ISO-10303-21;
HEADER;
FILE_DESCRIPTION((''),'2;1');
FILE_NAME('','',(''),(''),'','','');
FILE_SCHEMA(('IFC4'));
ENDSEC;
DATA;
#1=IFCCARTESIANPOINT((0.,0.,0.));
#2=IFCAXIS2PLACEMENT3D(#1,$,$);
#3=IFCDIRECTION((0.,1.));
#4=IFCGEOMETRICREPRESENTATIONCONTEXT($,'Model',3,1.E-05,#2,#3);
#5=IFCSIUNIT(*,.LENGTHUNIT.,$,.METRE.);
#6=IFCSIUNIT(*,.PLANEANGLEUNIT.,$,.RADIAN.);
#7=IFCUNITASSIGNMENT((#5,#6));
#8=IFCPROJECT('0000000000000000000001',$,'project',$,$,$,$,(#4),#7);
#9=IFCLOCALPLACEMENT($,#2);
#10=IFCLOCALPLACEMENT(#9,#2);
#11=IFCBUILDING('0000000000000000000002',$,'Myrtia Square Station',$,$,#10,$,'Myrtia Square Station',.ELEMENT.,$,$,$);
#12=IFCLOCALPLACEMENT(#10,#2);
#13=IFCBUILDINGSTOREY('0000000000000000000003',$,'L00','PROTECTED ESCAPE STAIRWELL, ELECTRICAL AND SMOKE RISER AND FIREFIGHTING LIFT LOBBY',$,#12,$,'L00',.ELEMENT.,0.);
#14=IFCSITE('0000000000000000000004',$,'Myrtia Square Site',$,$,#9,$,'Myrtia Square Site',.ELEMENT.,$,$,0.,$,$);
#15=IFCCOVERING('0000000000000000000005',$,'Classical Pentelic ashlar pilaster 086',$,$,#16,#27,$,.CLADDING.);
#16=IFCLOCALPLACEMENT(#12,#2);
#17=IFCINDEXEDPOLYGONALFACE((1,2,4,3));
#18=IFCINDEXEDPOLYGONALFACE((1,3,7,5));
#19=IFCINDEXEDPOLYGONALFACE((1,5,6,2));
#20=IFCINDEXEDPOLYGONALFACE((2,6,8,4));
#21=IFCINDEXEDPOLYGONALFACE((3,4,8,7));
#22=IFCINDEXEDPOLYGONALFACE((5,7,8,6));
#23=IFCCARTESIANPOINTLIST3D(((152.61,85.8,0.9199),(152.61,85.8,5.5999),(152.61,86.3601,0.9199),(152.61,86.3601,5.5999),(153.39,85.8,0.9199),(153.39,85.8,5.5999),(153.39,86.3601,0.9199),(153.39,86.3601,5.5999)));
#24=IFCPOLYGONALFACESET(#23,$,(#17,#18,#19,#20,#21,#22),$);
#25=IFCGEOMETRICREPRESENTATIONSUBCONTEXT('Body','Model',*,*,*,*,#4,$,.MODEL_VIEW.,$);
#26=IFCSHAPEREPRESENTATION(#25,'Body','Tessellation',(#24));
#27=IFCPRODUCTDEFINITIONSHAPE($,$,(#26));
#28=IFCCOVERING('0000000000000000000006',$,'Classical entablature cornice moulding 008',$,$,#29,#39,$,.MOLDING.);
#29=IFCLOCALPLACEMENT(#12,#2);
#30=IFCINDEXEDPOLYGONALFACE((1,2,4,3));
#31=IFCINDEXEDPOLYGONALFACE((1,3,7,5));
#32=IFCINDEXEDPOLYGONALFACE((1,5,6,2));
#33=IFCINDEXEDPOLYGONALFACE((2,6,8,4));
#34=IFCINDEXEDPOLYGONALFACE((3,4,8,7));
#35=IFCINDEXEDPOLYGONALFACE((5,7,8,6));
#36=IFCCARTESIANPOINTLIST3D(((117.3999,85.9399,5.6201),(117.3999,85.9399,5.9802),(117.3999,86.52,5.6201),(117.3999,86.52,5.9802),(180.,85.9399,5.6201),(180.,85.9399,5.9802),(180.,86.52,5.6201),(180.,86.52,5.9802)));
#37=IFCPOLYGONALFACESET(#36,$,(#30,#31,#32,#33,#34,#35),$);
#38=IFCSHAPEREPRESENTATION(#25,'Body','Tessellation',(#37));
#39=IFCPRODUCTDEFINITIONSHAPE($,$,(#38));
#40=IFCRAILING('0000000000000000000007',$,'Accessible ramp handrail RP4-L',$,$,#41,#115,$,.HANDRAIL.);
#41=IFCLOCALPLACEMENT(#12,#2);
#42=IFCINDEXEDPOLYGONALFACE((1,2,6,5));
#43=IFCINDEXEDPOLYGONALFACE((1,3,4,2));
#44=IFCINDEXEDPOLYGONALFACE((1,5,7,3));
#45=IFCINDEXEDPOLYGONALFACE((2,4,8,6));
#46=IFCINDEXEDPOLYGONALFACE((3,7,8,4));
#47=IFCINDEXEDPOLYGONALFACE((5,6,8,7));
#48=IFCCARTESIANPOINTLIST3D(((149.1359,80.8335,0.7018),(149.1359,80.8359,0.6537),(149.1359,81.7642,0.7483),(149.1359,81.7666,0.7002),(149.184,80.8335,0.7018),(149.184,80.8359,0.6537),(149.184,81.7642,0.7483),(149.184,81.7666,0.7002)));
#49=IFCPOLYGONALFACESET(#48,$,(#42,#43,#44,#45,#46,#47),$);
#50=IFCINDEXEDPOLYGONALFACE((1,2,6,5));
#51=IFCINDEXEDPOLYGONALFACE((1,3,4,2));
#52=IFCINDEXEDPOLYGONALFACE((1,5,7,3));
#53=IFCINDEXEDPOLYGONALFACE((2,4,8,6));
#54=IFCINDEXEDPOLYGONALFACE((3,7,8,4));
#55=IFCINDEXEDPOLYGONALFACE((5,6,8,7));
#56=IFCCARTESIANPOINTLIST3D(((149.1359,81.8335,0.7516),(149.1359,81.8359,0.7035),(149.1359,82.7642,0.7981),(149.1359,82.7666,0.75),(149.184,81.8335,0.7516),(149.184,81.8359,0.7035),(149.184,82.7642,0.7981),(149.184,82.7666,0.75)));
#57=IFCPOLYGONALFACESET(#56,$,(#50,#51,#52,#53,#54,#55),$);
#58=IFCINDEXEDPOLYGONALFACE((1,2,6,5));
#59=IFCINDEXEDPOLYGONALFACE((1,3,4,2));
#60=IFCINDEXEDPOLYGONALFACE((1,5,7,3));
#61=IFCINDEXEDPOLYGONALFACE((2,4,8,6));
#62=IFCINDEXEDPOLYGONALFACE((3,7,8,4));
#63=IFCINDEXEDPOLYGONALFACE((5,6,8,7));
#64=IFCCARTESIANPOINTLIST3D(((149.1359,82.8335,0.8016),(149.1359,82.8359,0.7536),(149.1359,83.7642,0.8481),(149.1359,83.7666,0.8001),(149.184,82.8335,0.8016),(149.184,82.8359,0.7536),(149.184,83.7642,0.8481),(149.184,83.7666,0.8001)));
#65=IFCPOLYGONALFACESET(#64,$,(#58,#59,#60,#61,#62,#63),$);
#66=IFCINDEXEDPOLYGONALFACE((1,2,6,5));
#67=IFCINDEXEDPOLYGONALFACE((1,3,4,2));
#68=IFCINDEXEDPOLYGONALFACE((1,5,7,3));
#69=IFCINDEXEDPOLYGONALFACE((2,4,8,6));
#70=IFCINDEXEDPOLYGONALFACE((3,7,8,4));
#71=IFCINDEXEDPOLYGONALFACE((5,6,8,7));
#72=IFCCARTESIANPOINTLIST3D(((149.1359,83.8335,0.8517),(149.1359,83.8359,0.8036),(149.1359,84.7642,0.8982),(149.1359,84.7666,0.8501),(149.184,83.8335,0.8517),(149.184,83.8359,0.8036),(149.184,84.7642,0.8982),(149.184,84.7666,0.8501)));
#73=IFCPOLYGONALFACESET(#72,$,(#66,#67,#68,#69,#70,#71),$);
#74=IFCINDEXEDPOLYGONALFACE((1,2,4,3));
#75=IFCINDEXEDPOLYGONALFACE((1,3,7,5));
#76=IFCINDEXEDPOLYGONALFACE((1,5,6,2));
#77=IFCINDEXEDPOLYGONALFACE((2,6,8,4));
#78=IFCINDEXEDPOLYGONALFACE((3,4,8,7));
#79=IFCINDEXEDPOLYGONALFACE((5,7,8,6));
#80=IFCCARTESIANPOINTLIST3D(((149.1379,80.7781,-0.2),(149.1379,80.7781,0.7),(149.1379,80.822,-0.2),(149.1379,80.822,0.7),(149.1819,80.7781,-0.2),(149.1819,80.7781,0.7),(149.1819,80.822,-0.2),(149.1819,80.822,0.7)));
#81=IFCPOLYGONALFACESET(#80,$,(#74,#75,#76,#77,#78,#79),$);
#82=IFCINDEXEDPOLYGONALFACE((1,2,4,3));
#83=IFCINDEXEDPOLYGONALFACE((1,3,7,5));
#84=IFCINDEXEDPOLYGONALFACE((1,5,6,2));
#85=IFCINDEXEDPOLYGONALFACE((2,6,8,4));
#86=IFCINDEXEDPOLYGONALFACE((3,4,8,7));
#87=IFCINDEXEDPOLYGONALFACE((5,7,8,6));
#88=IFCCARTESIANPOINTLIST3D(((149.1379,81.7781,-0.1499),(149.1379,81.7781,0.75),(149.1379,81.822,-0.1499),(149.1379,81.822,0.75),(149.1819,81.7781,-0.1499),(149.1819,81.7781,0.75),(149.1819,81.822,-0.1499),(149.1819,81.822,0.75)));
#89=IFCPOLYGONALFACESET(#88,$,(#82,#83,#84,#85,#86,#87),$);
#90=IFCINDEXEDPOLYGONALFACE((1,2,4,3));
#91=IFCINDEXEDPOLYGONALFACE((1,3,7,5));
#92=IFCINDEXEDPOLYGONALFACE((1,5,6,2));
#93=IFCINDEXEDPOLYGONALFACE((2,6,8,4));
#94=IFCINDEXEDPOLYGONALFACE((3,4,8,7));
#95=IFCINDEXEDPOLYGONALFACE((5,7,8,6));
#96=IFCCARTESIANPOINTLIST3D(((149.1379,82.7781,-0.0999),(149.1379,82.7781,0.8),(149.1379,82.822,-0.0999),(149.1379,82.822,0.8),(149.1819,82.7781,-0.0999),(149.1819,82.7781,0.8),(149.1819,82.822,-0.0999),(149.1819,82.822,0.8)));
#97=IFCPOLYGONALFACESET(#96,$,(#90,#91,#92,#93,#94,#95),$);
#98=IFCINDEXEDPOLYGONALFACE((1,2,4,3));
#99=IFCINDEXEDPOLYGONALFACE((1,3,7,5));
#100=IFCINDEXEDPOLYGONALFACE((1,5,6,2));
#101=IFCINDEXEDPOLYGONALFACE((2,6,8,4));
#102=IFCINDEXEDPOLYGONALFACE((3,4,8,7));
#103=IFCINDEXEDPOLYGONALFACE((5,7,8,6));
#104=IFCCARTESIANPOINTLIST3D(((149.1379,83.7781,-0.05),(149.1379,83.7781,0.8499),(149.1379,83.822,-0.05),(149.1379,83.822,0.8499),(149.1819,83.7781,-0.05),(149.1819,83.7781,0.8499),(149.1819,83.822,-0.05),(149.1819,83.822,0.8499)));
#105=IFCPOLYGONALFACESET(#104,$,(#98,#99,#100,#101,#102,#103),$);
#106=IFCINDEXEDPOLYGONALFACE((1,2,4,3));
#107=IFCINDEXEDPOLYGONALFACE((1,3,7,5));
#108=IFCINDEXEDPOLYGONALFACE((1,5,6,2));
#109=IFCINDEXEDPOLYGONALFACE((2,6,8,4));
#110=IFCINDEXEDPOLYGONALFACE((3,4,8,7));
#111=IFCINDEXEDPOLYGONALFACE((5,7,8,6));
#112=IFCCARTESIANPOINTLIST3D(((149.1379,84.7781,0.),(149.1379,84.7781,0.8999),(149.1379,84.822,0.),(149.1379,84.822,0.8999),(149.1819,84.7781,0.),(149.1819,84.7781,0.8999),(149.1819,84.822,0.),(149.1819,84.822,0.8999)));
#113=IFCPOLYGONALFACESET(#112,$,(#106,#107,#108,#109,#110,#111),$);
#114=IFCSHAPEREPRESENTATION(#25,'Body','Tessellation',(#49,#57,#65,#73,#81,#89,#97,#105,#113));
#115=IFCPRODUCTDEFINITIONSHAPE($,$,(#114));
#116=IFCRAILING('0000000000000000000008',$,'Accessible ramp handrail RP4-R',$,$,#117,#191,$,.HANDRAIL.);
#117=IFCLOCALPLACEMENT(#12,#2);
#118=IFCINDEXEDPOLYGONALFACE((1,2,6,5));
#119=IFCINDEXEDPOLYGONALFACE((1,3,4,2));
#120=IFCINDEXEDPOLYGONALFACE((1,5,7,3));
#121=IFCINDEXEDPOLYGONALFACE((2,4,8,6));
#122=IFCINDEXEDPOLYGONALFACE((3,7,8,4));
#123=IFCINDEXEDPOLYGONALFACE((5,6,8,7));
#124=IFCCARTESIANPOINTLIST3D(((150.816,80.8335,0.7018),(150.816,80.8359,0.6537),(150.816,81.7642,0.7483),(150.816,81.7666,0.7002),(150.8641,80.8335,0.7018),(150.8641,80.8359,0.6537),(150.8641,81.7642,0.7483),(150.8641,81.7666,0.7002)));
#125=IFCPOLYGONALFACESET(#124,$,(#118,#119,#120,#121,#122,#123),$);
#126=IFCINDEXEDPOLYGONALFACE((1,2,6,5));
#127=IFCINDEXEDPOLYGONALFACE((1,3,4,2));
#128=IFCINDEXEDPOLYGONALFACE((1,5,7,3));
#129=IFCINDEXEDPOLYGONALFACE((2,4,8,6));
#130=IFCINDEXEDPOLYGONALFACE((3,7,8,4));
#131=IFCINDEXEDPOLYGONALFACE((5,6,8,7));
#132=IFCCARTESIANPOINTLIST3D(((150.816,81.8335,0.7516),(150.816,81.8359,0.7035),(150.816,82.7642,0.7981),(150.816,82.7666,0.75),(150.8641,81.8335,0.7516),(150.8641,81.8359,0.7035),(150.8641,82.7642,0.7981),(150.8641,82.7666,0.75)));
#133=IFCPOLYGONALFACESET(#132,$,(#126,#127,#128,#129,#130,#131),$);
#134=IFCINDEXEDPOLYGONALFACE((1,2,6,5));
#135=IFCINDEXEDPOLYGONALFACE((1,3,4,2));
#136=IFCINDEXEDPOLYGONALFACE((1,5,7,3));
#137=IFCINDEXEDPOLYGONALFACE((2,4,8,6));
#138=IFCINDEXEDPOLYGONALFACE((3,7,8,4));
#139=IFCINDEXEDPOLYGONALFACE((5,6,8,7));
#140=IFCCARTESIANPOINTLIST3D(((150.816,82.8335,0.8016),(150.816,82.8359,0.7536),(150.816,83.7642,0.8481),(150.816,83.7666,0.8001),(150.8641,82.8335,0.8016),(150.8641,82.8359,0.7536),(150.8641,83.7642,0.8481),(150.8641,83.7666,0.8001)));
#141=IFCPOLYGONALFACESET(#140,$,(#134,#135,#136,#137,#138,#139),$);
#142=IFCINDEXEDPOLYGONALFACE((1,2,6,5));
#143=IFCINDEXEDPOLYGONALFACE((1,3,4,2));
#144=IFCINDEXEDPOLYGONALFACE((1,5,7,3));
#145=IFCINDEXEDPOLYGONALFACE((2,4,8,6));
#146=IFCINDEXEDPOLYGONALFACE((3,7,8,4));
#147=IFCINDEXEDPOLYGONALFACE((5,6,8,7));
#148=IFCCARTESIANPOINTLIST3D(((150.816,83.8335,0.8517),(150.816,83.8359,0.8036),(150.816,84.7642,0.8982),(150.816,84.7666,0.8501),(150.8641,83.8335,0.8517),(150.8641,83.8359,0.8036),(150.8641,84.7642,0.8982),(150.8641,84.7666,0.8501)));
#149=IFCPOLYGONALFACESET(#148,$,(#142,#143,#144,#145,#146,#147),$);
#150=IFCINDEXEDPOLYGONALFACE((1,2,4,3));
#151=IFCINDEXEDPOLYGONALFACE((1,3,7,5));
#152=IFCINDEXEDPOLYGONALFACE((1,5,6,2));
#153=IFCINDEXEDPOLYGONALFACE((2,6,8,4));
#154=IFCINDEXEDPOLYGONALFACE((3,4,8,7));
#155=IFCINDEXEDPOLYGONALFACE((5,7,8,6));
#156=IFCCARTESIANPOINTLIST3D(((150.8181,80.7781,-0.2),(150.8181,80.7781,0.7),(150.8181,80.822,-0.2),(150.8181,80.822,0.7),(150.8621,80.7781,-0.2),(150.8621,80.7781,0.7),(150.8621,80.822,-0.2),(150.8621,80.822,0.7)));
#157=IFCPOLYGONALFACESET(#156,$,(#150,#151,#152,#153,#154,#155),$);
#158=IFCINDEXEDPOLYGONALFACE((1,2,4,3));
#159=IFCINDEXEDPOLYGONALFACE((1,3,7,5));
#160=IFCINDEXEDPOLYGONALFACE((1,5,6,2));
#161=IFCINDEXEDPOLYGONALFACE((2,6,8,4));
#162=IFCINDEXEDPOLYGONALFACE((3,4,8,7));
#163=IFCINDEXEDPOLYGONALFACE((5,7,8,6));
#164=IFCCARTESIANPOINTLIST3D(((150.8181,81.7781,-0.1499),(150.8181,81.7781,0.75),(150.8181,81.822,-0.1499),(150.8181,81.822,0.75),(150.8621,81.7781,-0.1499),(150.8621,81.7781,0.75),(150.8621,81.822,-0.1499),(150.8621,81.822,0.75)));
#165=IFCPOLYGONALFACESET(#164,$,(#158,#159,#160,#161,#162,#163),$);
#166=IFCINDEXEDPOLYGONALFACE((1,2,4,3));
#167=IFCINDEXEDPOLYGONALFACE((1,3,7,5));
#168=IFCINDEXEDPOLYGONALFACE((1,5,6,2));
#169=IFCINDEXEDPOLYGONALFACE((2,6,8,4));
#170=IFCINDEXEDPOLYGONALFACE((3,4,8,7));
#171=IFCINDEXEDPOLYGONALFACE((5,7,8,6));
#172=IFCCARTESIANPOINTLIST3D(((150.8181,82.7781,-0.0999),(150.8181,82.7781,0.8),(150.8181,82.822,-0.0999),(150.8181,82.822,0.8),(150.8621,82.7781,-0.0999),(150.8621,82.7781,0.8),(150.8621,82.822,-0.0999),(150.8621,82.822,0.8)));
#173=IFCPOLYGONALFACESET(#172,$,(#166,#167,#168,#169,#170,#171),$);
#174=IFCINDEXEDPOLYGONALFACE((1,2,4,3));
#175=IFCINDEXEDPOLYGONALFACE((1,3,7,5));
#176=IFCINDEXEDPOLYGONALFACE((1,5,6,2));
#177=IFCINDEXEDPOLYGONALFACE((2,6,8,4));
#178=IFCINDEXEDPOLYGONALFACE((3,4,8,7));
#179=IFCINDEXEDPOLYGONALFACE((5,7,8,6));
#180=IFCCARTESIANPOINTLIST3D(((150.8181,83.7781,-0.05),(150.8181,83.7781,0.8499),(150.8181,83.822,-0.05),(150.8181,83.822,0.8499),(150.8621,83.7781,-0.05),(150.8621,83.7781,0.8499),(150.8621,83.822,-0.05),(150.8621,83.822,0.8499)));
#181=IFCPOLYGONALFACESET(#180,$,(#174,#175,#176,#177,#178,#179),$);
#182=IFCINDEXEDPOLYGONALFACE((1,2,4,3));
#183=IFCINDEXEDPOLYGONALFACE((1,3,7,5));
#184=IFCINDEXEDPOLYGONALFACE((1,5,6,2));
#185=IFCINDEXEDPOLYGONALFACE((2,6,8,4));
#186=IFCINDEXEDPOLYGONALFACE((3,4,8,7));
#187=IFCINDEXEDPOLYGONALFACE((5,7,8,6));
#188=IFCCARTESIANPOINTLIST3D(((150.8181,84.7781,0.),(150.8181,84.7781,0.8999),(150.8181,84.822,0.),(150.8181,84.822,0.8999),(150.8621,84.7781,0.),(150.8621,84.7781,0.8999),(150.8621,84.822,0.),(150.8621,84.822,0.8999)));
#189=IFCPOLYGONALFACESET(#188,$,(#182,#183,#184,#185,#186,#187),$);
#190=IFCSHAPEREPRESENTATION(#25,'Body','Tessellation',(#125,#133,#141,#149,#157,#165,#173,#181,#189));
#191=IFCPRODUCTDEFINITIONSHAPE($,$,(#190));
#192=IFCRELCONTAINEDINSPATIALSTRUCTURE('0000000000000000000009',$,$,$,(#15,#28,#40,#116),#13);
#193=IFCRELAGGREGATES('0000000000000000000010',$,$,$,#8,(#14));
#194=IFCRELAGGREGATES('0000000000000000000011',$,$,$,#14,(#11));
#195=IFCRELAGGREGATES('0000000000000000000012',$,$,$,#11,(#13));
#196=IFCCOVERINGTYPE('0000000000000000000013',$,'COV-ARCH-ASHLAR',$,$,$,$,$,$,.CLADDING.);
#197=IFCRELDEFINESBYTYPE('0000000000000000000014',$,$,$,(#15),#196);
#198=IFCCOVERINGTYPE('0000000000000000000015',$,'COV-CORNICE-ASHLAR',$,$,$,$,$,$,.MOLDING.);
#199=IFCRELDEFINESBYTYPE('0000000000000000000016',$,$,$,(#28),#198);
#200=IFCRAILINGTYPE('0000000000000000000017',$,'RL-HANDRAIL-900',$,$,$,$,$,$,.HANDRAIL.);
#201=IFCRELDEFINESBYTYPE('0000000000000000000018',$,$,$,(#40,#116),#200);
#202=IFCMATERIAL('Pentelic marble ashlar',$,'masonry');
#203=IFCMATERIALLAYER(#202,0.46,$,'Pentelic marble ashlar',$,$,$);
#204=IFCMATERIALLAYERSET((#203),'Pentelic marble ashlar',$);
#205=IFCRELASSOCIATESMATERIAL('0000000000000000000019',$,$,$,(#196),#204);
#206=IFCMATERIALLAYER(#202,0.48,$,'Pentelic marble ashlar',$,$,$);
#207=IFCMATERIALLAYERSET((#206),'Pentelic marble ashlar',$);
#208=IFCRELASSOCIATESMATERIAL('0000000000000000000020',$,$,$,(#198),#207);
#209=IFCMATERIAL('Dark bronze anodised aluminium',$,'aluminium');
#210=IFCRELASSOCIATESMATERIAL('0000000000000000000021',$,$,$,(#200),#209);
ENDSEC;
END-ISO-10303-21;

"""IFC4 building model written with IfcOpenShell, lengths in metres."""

from ifc_helpers import new_model, si_unit, direction, frame, origin, origin_2d, place, context, subcontext, project, spatial, rectangle, extrude, material, layer, layer_set, type_object, element, save


model = new_model("IFC4")

# Units and contexts
model_context = context("Model", 3, precision=1e-05, world=origin(), true_north=direction((0.0, 1.0)))
body_context = subcontext(model_context, "Body", "Model", "MODEL_VIEW")
ifc_project = project(units=[si_unit("LENGTHUNIT", "METRE"), si_unit("PLANEANGLEUNIT", "RADIAN")], contexts=[model_context])

# Site, building, storey
site_placement = place(None, origin())
site = spatial("IfcSite", under=ifc_project, at=site_placement, Name="Myrtia Square Site", LongName="Myrtia Square Site", CompositionType="ELEMENT", RefElevation=0.0)
building_placement = place(site_placement, origin())
building = spatial("IfcBuilding", under=site, at=building_placement, Name="Myrtia Square Station", LongName="Myrtia Square Station", CompositionType="ELEMENT")
storey_placement = place(building_placement, origin())
storey = spatial("IfcBuildingStorey", under=building, at=storey_placement, Name="L00", Description="PROTECTED ESCAPE STAIRWELL, ELECTRICAL AND SMOKE RISER AND FIREFIGHTING LIFT LOBBY", LongName="L00", CompositionType="ELEMENT", Elevation=0.0)

# Shared definitions
ifc_material_1 = material(Name="Dark bronze anodised aluminium", Category="aluminium")

# Shared definitions
ifc_material_2 = material(Name="Pentelic marble ashlar", Category="masonry")

# Coverings
ifc_layer_1 = layer(ifc_material_2, 0.46, Name="Pentelic marble ashlar")
ifc_layer_set_1 = layer_set([ifc_layer_1], Name="Pentelic marble ashlar")
covering_type_1 = type_object("IfcCoveringType", Name="COV-ARCH-ASHLAR", PredefinedType="CLADDING", material=ifc_layer_set_1)
for number, where, z_axis, x_axis, name in (
    (1, (153.0, 86.0801, 0.9199), (0.0, 0.0, 1.0), (1.0, 0.0, 0.0), "Classical Pentelic ashlar pilaster 086"),
):
    element("IfcCovering", number, at=place(storey_placement, frame(where, z_axis=z_axis, x_axis=x_axis)), inside=storey, type_object=covering_type_1, Name=name, PredefinedType="CLADDING", context=body_context, shape_type="SweptSolid", body=[
        extrude(rectangle(XDim=0.78, YDim=0.5601, at=origin_2d()), origin(), (0.0, 0.0, 1.0), 4.6799),
    ])
ifc_layer_2 = layer(ifc_material_2, 0.48, Name="Pentelic marble ashlar")
ifc_layer_set_2 = layer_set([ifc_layer_2], Name="Pentelic marble ashlar")
covering_type_2 = type_object("IfcCoveringType", Name="COV-CORNICE-ASHLAR", PredefinedType="MOLDING", material=ifc_layer_set_2)
covering_placement = place(storey_placement, frame((148.7, 86.23, 5.6201), z_axis=(0.0, 0.0, 1.0), x_axis=(1.0, 0.0, 0.0)))
element("IfcCovering", 2, at=covering_placement, inside=storey, type_object=covering_type_2, Name="Classical entablature cornice moulding 008", PredefinedType="MOLDING", context=body_context, shape_type="SweptSolid", body=[
    extrude(rectangle(XDim=62.6001, YDim=0.5801, at=origin_2d()), origin(), (0.0, 0.0, 1.0), 0.3601),
])

# Railings
railing_type = type_object("IfcRailingType", Name="RL-HANDRAIL-900", PredefinedType="HANDRAIL", material=ifc_material_1)
for number, where, name in (
    (3, (149.1599, 80.8, -0.2), "Accessible ramp handrail RP4-L"),
    (4, (150.8401, 80.8, -0.2), "Accessible ramp handrail RP4-R"),
):
    element("IfcRailing", number, at=place(storey_placement, frame(where)), inside=storey, type_object=railing_type, Name=name, PredefinedType="HANDRAIL", context=body_context, shape_type="SweptSolid", body=[
        extrude(rectangle(XDim=0.0481, YDim=0.0481, at=origin_2d()), frame((0.0, 0.0347, 0.8777), z_axis=(0.0, 0.998753, 0.049925), x_axis=(-1.0, 0.0, 0.0)), (0.0, 0.0, 1.0), 0.9319),
        extrude(rectangle(XDim=0.0481, YDim=0.0481, at=origin_2d()), frame((0.0, 1.0347, 0.9275), z_axis=(0.0, 0.998753, 0.049925), x_axis=(-1.0, 0.0, 0.0)), (0.0, 0.0, 1.0), 0.9319),
        extrude(rectangle(XDim=0.0481, YDim=0.0481, at=origin_2d()), frame((0.0, 2.0347, 0.9775), z_axis=(0.0, 0.998753, 0.049925), x_axis=(-1.0, 0.0, 0.0)), (0.0, 0.0, 1.0), 0.9319),
        extrude(rectangle(XDim=0.0481, YDim=0.0481, at=origin_2d()), frame((0.0, 3.0347, 1.0276), z_axis=(0.0, 0.998753, 0.049925), x_axis=(-1.0, 0.0, 0.0)), (0.0, 0.0, 1.0), 0.9319),
        extrude(rectangle(XDim=0.0439, YDim=0.0439, at=origin_2d()), origin(), (0.0, 0.0, 1.0), 0.8999),
        extrude(rectangle(XDim=0.0439, YDim=0.0439, at=origin_2d()), frame((0.0, 1.0, 0.05)), (0.0, 0.0, 1.0), 0.8999),
        extrude(rectangle(XDim=0.0439, YDim=0.0439, at=origin_2d()), frame((0.0, 2.0, 0.1001)), (0.0, 0.0, 1.0), 0.8999),
        extrude(rectangle(XDim=0.0439, YDim=0.0439, at=origin_2d()), frame((0.0, 3.0, 0.1499)), (0.0, 0.0, 1.0), 0.8999),
        extrude(rectangle(XDim=0.0439, YDim=0.0439, at=origin_2d()), frame((0.0, 4.0, 0.2)), (0.0, 0.0, 1.0), 0.8999),
    ])

save(model, "model.ifc")
